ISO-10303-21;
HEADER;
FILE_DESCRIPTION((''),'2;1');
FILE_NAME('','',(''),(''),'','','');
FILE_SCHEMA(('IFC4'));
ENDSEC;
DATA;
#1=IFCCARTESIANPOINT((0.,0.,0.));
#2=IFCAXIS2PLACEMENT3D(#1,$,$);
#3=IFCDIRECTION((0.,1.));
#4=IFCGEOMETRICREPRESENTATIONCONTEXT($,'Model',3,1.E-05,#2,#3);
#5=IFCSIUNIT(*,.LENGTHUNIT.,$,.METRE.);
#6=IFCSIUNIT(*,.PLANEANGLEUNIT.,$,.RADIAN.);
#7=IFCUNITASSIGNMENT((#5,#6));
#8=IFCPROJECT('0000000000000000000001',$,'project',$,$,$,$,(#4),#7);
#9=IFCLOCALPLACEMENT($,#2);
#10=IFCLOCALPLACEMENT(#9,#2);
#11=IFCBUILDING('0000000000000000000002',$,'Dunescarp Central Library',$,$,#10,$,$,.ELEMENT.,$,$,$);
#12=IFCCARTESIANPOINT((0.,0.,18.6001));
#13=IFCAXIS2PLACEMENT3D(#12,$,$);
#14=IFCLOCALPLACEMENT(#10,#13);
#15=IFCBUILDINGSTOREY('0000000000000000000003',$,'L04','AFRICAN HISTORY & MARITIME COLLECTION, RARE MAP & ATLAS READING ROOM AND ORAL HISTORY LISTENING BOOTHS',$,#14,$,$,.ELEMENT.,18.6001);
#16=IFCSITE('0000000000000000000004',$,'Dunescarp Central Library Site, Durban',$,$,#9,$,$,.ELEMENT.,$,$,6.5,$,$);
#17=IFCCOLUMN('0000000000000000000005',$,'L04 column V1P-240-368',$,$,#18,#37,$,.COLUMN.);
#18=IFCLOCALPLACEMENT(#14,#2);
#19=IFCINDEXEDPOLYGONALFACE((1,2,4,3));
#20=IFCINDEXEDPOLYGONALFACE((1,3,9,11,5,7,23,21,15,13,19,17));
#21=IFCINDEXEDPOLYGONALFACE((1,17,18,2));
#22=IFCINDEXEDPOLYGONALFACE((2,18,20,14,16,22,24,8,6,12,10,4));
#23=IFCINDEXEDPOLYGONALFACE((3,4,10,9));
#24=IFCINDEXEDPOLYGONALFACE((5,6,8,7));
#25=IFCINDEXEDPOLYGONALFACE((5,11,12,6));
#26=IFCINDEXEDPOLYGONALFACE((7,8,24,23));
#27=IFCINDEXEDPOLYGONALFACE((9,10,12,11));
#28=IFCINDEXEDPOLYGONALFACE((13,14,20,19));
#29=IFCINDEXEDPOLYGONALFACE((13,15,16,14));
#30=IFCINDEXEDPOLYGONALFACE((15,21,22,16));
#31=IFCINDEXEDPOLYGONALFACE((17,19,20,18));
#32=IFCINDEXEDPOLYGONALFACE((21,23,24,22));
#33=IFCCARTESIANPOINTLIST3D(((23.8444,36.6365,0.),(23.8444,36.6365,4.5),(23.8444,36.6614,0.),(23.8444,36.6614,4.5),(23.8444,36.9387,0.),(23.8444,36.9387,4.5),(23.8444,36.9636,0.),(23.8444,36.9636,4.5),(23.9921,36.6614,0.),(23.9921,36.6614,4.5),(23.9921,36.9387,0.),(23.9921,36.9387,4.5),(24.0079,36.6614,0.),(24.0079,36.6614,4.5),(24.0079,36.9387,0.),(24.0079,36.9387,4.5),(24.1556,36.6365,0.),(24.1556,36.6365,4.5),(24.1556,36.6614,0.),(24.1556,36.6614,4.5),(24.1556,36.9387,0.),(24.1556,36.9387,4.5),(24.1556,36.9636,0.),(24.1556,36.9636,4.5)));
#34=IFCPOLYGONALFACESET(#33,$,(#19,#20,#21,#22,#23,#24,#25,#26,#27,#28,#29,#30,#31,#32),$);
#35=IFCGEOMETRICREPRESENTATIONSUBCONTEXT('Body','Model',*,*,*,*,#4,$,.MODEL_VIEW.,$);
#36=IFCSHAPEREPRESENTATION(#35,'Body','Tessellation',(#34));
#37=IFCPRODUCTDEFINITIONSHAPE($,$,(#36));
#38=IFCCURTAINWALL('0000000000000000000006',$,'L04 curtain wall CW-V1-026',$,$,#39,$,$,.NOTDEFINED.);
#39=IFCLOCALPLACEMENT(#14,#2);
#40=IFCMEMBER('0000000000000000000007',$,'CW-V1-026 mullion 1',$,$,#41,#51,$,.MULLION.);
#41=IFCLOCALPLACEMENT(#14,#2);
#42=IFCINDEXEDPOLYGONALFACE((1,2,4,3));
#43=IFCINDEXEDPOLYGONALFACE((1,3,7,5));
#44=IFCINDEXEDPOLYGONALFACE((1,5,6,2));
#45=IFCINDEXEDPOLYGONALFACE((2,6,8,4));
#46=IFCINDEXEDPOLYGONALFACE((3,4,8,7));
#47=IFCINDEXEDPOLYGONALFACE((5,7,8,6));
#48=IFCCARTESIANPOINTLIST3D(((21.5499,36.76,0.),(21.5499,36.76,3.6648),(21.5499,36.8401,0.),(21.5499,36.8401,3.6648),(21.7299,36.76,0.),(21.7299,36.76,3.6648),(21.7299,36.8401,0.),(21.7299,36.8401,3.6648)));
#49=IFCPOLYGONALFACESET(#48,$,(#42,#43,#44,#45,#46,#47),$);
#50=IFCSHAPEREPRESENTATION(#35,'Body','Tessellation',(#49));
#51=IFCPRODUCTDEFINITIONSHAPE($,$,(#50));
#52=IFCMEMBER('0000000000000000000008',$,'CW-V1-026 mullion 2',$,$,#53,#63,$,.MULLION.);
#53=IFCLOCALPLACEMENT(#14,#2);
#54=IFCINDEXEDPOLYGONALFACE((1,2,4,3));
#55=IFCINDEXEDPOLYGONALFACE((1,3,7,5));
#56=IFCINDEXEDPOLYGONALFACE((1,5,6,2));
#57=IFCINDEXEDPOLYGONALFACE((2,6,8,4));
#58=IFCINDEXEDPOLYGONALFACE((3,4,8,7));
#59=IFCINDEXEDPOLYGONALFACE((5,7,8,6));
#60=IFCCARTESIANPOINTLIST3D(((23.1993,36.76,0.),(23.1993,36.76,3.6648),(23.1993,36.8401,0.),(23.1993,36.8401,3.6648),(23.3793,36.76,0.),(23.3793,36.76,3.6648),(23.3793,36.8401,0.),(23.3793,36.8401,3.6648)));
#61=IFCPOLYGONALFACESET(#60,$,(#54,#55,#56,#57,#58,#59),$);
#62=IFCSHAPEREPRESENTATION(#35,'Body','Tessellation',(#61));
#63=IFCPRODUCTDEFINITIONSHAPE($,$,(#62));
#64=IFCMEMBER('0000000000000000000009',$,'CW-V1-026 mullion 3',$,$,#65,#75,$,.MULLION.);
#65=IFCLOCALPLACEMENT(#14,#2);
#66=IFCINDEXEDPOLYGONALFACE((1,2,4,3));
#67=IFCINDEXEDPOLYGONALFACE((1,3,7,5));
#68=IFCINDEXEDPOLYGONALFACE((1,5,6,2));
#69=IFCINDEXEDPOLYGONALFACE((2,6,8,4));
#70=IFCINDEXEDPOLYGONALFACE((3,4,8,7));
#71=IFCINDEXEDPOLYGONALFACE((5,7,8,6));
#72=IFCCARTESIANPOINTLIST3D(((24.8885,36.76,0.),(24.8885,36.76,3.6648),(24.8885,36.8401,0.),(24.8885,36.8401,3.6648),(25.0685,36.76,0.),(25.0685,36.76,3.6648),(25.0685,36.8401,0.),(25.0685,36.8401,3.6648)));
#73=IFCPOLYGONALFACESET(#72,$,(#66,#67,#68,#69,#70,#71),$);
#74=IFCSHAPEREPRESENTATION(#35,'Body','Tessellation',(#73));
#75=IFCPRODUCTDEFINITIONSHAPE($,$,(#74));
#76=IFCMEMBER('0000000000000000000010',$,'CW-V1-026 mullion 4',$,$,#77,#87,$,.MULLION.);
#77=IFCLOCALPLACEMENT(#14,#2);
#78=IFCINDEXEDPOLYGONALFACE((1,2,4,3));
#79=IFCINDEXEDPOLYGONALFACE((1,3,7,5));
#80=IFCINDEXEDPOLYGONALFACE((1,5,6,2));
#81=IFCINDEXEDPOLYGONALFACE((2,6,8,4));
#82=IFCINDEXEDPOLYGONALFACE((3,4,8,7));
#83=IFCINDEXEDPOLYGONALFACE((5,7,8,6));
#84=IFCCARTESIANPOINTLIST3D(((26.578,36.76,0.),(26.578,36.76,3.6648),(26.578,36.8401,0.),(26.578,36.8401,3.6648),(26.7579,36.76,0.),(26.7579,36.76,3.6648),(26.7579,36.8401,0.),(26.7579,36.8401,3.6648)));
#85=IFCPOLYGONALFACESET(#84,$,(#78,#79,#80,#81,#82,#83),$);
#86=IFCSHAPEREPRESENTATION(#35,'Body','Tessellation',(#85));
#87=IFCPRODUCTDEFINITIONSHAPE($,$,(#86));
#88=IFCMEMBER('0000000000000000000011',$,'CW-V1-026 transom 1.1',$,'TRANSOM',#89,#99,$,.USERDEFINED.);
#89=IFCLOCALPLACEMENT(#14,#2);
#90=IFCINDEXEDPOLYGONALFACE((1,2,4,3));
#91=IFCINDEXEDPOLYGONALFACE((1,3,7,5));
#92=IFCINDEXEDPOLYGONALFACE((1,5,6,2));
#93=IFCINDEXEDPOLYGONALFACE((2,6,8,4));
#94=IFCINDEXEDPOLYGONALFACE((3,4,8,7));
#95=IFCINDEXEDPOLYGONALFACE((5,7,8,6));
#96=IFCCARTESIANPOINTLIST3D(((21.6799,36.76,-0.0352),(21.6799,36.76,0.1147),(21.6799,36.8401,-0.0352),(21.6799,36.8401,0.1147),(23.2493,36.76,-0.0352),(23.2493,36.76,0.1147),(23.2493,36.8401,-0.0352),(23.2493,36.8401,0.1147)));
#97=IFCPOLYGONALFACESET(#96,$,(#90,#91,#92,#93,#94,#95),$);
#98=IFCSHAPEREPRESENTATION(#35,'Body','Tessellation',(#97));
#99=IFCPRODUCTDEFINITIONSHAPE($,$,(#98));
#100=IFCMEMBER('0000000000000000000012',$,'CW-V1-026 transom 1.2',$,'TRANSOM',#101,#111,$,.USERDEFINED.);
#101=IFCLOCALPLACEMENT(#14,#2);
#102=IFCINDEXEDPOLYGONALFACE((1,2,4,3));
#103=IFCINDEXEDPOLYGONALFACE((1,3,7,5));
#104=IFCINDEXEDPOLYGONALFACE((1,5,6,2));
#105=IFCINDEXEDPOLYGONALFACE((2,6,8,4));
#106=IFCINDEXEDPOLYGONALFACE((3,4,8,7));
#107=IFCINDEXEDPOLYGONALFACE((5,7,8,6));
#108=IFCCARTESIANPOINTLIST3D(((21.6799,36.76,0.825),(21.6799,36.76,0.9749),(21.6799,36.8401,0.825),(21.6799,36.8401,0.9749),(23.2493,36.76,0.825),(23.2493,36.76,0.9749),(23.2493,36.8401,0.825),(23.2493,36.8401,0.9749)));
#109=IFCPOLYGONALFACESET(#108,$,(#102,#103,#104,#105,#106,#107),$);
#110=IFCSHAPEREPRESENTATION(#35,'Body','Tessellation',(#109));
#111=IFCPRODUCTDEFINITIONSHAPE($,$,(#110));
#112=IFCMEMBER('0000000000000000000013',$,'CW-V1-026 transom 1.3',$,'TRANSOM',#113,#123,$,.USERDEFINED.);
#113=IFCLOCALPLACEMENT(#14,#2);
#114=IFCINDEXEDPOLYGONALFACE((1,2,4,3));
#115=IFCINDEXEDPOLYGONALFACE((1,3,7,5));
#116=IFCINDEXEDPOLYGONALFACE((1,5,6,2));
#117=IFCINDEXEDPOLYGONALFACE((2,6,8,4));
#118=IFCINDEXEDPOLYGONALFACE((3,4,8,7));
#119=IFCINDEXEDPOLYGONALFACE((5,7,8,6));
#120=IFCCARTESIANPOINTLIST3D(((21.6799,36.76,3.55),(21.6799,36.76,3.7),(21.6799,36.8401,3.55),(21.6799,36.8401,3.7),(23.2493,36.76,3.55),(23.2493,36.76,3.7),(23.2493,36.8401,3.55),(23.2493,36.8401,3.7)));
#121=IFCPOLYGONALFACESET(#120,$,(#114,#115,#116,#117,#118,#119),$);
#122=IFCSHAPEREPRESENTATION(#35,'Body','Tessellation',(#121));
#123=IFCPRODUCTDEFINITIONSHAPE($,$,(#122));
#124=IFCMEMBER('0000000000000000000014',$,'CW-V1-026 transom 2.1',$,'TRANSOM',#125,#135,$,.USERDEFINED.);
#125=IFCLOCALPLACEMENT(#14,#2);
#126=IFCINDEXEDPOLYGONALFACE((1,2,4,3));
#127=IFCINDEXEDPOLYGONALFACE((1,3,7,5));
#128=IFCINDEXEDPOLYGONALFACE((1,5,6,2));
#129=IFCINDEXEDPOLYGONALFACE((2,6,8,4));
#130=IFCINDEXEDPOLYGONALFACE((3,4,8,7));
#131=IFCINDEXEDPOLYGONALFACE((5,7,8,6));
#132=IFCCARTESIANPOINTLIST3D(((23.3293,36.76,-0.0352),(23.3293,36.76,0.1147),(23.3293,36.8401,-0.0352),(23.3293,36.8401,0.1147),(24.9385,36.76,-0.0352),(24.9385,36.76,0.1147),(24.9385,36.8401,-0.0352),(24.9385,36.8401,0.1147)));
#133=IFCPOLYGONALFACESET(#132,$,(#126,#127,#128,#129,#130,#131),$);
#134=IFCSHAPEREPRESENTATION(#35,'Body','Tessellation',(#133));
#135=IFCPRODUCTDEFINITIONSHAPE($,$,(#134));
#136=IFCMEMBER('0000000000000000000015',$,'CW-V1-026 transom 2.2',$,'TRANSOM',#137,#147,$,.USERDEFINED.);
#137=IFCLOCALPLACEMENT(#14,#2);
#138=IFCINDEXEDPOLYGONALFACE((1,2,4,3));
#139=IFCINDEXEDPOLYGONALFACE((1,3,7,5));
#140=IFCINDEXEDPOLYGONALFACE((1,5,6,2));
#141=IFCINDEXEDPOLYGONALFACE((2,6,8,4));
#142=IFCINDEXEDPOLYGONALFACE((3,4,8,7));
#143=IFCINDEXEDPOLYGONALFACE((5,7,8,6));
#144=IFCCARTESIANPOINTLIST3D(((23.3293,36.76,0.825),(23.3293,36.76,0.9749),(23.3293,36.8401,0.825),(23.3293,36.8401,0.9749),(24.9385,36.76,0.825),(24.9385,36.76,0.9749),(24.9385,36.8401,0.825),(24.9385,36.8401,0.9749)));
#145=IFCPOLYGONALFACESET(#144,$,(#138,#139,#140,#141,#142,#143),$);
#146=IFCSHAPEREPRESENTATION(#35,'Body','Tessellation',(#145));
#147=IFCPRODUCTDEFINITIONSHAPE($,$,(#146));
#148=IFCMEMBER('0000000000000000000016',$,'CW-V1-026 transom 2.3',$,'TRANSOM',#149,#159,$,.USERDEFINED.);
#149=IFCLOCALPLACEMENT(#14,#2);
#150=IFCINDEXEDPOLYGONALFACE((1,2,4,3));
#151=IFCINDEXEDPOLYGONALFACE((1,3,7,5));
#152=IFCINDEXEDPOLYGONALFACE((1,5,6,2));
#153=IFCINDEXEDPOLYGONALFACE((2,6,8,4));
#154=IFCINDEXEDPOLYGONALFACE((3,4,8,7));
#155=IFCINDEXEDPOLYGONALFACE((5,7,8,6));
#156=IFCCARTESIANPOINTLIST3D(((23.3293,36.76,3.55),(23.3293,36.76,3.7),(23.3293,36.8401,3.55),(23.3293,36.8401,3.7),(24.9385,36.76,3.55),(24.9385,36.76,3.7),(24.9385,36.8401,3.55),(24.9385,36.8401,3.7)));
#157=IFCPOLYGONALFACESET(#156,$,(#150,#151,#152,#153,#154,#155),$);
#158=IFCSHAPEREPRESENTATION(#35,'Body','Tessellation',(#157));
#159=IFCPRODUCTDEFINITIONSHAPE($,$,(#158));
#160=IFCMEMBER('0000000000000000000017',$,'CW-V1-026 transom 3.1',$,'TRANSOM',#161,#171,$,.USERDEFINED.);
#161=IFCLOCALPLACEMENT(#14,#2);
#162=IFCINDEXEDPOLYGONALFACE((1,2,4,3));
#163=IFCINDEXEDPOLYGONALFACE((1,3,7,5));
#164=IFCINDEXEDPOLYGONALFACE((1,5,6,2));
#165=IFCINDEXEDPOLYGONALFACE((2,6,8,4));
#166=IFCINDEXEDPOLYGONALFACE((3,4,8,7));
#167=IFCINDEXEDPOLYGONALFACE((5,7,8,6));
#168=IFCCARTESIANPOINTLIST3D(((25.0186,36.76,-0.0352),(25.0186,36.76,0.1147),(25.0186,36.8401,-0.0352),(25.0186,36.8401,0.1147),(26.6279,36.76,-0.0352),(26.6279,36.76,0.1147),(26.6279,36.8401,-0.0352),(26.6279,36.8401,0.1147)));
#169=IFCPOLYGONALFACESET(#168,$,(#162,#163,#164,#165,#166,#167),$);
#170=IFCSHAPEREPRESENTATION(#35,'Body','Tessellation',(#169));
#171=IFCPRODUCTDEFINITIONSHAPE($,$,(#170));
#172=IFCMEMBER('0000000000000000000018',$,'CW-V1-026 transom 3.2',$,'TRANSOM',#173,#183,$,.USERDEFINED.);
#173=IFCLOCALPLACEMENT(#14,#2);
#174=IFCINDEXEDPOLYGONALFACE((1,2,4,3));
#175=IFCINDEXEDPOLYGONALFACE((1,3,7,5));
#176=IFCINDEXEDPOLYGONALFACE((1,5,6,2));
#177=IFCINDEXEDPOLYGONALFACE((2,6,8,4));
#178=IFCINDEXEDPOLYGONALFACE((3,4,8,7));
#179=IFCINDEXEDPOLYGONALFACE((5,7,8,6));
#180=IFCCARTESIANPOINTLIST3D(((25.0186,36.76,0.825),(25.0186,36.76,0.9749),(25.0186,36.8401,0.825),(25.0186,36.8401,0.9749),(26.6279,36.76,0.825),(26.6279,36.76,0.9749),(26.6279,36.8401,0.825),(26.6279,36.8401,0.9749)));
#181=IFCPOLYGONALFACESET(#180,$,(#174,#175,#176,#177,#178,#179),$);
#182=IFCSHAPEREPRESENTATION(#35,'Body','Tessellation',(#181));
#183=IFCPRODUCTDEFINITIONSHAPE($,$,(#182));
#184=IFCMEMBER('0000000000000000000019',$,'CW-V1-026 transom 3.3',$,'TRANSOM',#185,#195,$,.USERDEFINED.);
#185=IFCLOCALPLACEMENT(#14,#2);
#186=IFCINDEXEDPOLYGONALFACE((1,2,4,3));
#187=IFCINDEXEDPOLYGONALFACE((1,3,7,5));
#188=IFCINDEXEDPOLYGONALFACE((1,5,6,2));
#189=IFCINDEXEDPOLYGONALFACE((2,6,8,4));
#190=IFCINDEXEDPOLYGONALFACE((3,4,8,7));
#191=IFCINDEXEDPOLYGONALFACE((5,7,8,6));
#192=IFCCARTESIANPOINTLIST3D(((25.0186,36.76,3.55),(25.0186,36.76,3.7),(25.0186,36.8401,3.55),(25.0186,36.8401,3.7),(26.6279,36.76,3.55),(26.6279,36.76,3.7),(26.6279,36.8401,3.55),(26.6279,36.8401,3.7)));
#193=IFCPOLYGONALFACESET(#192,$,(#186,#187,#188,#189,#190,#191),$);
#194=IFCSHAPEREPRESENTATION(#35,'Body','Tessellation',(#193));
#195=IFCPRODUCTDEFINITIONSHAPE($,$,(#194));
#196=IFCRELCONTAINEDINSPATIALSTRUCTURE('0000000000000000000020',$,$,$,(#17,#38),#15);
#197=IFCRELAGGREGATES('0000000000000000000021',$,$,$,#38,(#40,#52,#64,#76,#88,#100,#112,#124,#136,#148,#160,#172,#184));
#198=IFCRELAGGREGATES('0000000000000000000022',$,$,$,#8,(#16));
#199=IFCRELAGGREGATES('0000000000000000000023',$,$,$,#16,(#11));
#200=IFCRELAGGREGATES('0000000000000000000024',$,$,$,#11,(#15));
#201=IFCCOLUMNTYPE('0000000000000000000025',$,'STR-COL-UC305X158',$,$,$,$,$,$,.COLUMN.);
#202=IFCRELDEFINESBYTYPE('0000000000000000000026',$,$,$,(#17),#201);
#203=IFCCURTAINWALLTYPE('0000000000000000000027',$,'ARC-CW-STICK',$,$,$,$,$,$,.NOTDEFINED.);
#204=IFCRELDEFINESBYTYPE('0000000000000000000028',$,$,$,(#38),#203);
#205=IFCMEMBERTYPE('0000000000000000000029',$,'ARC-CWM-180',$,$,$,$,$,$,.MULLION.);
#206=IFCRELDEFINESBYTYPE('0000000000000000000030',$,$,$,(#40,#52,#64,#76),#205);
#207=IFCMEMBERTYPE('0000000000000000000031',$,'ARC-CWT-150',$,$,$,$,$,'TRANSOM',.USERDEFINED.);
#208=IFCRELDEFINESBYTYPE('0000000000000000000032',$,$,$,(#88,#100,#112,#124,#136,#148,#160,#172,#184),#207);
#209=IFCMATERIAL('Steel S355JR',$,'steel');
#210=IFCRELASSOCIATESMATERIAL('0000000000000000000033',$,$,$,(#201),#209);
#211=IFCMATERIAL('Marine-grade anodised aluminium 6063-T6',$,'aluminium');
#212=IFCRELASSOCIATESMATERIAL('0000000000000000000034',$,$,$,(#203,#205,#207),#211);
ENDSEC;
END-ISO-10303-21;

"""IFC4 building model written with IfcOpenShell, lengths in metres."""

from ifc_helpers import new_model, si_unit, direction, frame, origin, origin_2d, place, context, subcontext, project, spatial, rectangle, i_section, extrude, material, material_profile, profile_set, type_object, element, aggregate, save


model = new_model("IFC4")

# Units and contexts
model_context = context("Model", 3, precision=1e-05, world=origin(), true_north=direction((0.0, 1.0)))
body_context = subcontext(model_context, "Body", "Model", "MODEL_VIEW")
ifc_project = project(units=[si_unit("LENGTHUNIT", "METRE"), si_unit("PLANEANGLEUNIT", "RADIAN")], contexts=[model_context])

# Site, building, storey
site_placement = place(None, origin())
site = spatial("IfcSite", under=ifc_project, at=site_placement, Name="Dunescarp Central Library Site, Durban", CompositionType="ELEMENT", RefElevation=6.5)
building_placement = place(site_placement, origin())
building = spatial("IfcBuilding", under=site, at=building_placement, Name="Dunescarp Central Library", CompositionType="ELEMENT")
storey_placement = place(building_placement, frame((0.0, 0.0, 18.6001)))
storey = spatial("IfcBuildingStorey", under=building, at=storey_placement, Name="L04", Description="AFRICAN HISTORY & MARITIME COLLECTION, RARE MAP & ATLAS READING ROOM AND ORAL HISTORY LISTENING BOOTHS", CompositionType="ELEMENT", Elevation=18.6001)

# Column
ifc_material_1 = material(Name="Steel S355JR", Category="steel")
ifc_material_profile_1 = material_profile(ifc_material_1, i_section(OverallWidth=0.3113, OverallDepth=0.3271, WebThickness=0.0159, FlangeThickness=0.0249, at=origin_2d()), Name="UC 305x305x158")
ifc_profile_set_1 = profile_set([ifc_material_profile_1], Name="Steel S355JR")
column_type = type_object("IfcColumnType", Name="STR-COL-UC305X158", PredefinedType="COLUMN", material=ifc_profile_set_1)
column_placement = place(storey_placement, frame((24.0, 36.8, 0.0), z_axis=(0.0, 0.0, 1.0), x_axis=(1.0, 0.0, 0.0)))
element("IfcColumn", 1, at=column_placement, inside=storey, type_object=column_type, Name="L04 column V1P-240-368", PredefinedType="COLUMN", context=body_context, shape_type="SweptSolid", body=[
    extrude(i_section(OverallWidth=0.3113, OverallDepth=0.3271, WebThickness=0.0159, FlangeThickness=0.0249, at=origin_2d()), origin(), (0.0, 0.0, 1.0), 4.5),
])

# Curtain wall, members
ifc_material_2 = material(Name="Marine-grade anodised aluminium 6063-T6", Category="aluminium")
curtain_wall_type = type_object("IfcCurtainWallType", Name="ARC-CW-STICK", PredefinedType="NOTDEFINED", material=ifc_material_2)
curtain_wall_placement = place(storey_placement, origin())
curtain_wall = element("IfcCurtainWall", 2, at=curtain_wall_placement, inside=storey, type_object=curtain_wall_type, Name="L04 curtain wall CW-V1-026", PredefinedType="NOTDEFINED")
ifc_material_profile_2 = material_profile(ifc_material_2, rectangle(XDim=0.0801, YDim=0.1799, at=origin_2d()), Name="AL 80x180")
ifc_profile_set_2 = profile_set([ifc_material_profile_2], Name="Marine-grade anodised aluminium 6063-T6")
member_type_1 = type_object("IfcMemberType", Name="ARC-CWM-180", PredefinedType="MULLION", material=ifc_profile_set_2)
member_1_placement = place(storey_placement, frame((21.6399, 36.8, 0.0), z_axis=(0.0, 0.0, 1.0), x_axis=(0.0, 1.0, 0.0)))
member_1 = element("IfcMember", 3, at=member_1_placement, type_object=member_type_1, Name="CW-V1-026 mullion 1", PredefinedType="MULLION", context=body_context, shape_type="SweptSolid", body=[
    extrude(rectangle(XDim=0.0801, YDim=0.1799, at=origin_2d()), origin(), (0.0, 0.0, 1.0), 3.6648),
])
member_2_placement = place(storey_placement, frame((23.2893, 36.8, 0.0), z_axis=(0.0, 0.0, 1.0), x_axis=(0.0, 1.0, 0.0)))
member_2 = element("IfcMember", 4, at=member_2_placement, type_object=member_type_1, Name="CW-V1-026 mullion 2", PredefinedType="MULLION", context=body_context, shape_type="SweptSolid", body=[
    extrude(rectangle(XDim=0.0801, YDim=0.1799, at=origin_2d()), origin(), (0.0, 0.0, 1.0), 3.6648),
])
member_3_placement = place(storey_placement, frame((24.9785, 36.8, 0.0), z_axis=(0.0, 0.0, 1.0), x_axis=(0.0, 1.0, 0.0)))
member_3 = element("IfcMember", 5, at=member_3_placement, type_object=member_type_1, Name="CW-V1-026 mullion 3", PredefinedType="MULLION", context=body_context, shape_type="SweptSolid", body=[
    extrude(rectangle(XDim=0.0801, YDim=0.1799, at=origin_2d()), origin(), (0.0, 0.0, 1.0), 3.6648),
])
member_4_placement = place(storey_placement, frame((26.668, 36.8, 0.0), z_axis=(0.0, 0.0, 1.0), x_axis=(0.0, 1.0, 0.0)))
member_4 = element("IfcMember", 6, at=member_4_placement, type_object=member_type_1, Name="CW-V1-026 mullion 4", PredefinedType="MULLION", context=body_context, shape_type="SweptSolid", body=[
    extrude(rectangle(XDim=0.0801, YDim=0.1799, at=origin_2d()), origin(), (0.0, 0.0, 1.0), 3.6648),
])
ifc_material_profile_3 = material_profile(ifc_material_2, rectangle(XDim=0.0801, YDim=0.1499, at=origin_2d()), Name="AL 80x150")
ifc_profile_set_3 = profile_set([ifc_material_profile_3], Name="Marine-grade anodised aluminium 6063-T6")
member_type_2 = type_object("IfcMemberType", Name="ARC-CWT-150", ElementType="TRANSOM", PredefinedType="USERDEFINED", material=ifc_profile_set_3)
member_5_placement = place(storey_placement, frame((21.6799, 36.8, 0.0398), z_axis=(1.0, 0.0, 0.0), x_axis=(0.0, 1.0, 0.0)))
member_5 = element("IfcMember", 7, at=member_5_placement, type_object=member_type_2, Name="CW-V1-026 transom 1.1", ObjectType="TRANSOM", PredefinedType="USERDEFINED", context=body_context, shape_type="SweptSolid", body=[
    extrude(rectangle(XDim=0.0801, YDim=0.1499, at=origin_2d()), origin(), (0.0, 0.0, 1.0), 1.5693),
])
member_6_placement = place(storey_placement, frame((21.6799, 36.8, 0.8999), z_axis=(1.0, 0.0, 0.0), x_axis=(0.0, 1.0, 0.0)))
member_6 = element("IfcMember", 8, at=member_6_placement, type_object=member_type_2, Name="CW-V1-026 transom 1.2", ObjectType="TRANSOM", PredefinedType="USERDEFINED", context=body_context, shape_type="SweptSolid", body=[
    extrude(rectangle(XDim=0.0801, YDim=0.1499, at=origin_2d()), origin(), (0.0, 0.0, 1.0), 1.5693),
])
member_7_placement = place(storey_placement, frame((21.6799, 36.8, 3.625), z_axis=(1.0, 0.0, 0.0), x_axis=(0.0, 1.0, 0.0)))
member_7 = element("IfcMember", 9, at=member_7_placement, type_object=member_type_2, Name="CW-V1-026 transom 1.3", ObjectType="TRANSOM", PredefinedType="USERDEFINED", context=body_context, shape_type="SweptSolid", body=[
    extrude(rectangle(XDim=0.0801, YDim=0.1499, at=origin_2d()), origin(), (0.0, 0.0, 1.0), 1.5693),
])
member_8_placement = place(storey_placement, frame((23.3293, 36.8, 0.0398), z_axis=(1.0, 0.0, 0.0), x_axis=(0.0, 1.0, 0.0)))
member_8 = element("IfcMember", 10, at=member_8_placement, type_object=member_type_2, Name="CW-V1-026 transom 2.1", ObjectType="TRANSOM", PredefinedType="USERDEFINED", context=body_context, shape_type="SweptSolid", body=[
    extrude(rectangle(XDim=0.0801, YDim=0.1499, at=origin_2d()), origin(), (0.0, 0.0, 1.0), 1.6091),
])
member_9_placement = place(storey_placement, frame((23.3293, 36.8, 0.8999), z_axis=(1.0, 0.0, 0.0), x_axis=(0.0, 1.0, 0.0)))
member_9 = element("IfcMember", 11, at=member_9_placement, type_object=member_type_2, Name="CW-V1-026 transom 2.2", ObjectType="TRANSOM", PredefinedType="USERDEFINED", context=body_context, shape_type="SweptSolid", body=[
    extrude(rectangle(XDim=0.0801, YDim=0.1499, at=origin_2d()), origin(), (0.0, 0.0, 1.0), 1.6091),
])
member_10_placement = place(storey_placement, frame((23.3293, 36.8, 3.625), z_axis=(1.0, 0.0, 0.0), x_axis=(0.0, 1.0, 0.0)))
member_10 = element("IfcMember", 12, at=member_10_placement, type_object=member_type_2, Name="CW-V1-026 transom 2.3", ObjectType="TRANSOM", PredefinedType="USERDEFINED", context=body_context, shape_type="SweptSolid", body=[
    extrude(rectangle(XDim=0.0801, YDim=0.1499, at=origin_2d()), origin(), (0.0, 0.0, 1.0), 1.6091),
])
member_11_placement = place(storey_placement, frame((25.0186, 36.8, 0.0398), z_axis=(1.0, 0.0, 0.0), x_axis=(0.0, 1.0, 0.0)))
member_11 = element("IfcMember", 13, at=member_11_placement, type_object=member_type_2, Name="CW-V1-026 transom 3.1", ObjectType="TRANSOM", PredefinedType="USERDEFINED", context=body_context, shape_type="SweptSolid", body=[
    extrude(rectangle(XDim=0.0801, YDim=0.1499, at=origin_2d()), origin(), (0.0, 0.0, 1.0), 1.6094),
])
member_12_placement = place(storey_placement, frame((25.0186, 36.8, 0.8999), z_axis=(1.0, 0.0, 0.0), x_axis=(0.0, 1.0, 0.0)))
member_12 = element("IfcMember", 14, at=member_12_placement, type_object=member_type_2, Name="CW-V1-026 transom 3.2", ObjectType="TRANSOM", PredefinedType="USERDEFINED", context=body_context, shape_type="SweptSolid", body=[
    extrude(rectangle(XDim=0.0801, YDim=0.1499, at=origin_2d()), origin(), (0.0, 0.0, 1.0), 1.6094),
])
member_13_placement = place(storey_placement, frame((25.0186, 36.8, 3.625), z_axis=(1.0, 0.0, 0.0), x_axis=(0.0, 1.0, 0.0)))
member_13 = element("IfcMember", 15, at=member_13_placement, type_object=member_type_2, Name="CW-V1-026 transom 3.3", ObjectType="TRANSOM", PredefinedType="USERDEFINED", context=body_context, shape_type="SweptSolid", body=[
    extrude(rectangle(XDim=0.0801, YDim=0.1499, at=origin_2d()), origin(), (0.0, 0.0, 1.0), 1.6094),
])

aggregate(curtain_wall, [member_1, member_2, member_3, member_4, member_5, member_6, member_7, member_8, member_9, member_10, member_11, member_12, member_13])

save(model, "model.ifc")
